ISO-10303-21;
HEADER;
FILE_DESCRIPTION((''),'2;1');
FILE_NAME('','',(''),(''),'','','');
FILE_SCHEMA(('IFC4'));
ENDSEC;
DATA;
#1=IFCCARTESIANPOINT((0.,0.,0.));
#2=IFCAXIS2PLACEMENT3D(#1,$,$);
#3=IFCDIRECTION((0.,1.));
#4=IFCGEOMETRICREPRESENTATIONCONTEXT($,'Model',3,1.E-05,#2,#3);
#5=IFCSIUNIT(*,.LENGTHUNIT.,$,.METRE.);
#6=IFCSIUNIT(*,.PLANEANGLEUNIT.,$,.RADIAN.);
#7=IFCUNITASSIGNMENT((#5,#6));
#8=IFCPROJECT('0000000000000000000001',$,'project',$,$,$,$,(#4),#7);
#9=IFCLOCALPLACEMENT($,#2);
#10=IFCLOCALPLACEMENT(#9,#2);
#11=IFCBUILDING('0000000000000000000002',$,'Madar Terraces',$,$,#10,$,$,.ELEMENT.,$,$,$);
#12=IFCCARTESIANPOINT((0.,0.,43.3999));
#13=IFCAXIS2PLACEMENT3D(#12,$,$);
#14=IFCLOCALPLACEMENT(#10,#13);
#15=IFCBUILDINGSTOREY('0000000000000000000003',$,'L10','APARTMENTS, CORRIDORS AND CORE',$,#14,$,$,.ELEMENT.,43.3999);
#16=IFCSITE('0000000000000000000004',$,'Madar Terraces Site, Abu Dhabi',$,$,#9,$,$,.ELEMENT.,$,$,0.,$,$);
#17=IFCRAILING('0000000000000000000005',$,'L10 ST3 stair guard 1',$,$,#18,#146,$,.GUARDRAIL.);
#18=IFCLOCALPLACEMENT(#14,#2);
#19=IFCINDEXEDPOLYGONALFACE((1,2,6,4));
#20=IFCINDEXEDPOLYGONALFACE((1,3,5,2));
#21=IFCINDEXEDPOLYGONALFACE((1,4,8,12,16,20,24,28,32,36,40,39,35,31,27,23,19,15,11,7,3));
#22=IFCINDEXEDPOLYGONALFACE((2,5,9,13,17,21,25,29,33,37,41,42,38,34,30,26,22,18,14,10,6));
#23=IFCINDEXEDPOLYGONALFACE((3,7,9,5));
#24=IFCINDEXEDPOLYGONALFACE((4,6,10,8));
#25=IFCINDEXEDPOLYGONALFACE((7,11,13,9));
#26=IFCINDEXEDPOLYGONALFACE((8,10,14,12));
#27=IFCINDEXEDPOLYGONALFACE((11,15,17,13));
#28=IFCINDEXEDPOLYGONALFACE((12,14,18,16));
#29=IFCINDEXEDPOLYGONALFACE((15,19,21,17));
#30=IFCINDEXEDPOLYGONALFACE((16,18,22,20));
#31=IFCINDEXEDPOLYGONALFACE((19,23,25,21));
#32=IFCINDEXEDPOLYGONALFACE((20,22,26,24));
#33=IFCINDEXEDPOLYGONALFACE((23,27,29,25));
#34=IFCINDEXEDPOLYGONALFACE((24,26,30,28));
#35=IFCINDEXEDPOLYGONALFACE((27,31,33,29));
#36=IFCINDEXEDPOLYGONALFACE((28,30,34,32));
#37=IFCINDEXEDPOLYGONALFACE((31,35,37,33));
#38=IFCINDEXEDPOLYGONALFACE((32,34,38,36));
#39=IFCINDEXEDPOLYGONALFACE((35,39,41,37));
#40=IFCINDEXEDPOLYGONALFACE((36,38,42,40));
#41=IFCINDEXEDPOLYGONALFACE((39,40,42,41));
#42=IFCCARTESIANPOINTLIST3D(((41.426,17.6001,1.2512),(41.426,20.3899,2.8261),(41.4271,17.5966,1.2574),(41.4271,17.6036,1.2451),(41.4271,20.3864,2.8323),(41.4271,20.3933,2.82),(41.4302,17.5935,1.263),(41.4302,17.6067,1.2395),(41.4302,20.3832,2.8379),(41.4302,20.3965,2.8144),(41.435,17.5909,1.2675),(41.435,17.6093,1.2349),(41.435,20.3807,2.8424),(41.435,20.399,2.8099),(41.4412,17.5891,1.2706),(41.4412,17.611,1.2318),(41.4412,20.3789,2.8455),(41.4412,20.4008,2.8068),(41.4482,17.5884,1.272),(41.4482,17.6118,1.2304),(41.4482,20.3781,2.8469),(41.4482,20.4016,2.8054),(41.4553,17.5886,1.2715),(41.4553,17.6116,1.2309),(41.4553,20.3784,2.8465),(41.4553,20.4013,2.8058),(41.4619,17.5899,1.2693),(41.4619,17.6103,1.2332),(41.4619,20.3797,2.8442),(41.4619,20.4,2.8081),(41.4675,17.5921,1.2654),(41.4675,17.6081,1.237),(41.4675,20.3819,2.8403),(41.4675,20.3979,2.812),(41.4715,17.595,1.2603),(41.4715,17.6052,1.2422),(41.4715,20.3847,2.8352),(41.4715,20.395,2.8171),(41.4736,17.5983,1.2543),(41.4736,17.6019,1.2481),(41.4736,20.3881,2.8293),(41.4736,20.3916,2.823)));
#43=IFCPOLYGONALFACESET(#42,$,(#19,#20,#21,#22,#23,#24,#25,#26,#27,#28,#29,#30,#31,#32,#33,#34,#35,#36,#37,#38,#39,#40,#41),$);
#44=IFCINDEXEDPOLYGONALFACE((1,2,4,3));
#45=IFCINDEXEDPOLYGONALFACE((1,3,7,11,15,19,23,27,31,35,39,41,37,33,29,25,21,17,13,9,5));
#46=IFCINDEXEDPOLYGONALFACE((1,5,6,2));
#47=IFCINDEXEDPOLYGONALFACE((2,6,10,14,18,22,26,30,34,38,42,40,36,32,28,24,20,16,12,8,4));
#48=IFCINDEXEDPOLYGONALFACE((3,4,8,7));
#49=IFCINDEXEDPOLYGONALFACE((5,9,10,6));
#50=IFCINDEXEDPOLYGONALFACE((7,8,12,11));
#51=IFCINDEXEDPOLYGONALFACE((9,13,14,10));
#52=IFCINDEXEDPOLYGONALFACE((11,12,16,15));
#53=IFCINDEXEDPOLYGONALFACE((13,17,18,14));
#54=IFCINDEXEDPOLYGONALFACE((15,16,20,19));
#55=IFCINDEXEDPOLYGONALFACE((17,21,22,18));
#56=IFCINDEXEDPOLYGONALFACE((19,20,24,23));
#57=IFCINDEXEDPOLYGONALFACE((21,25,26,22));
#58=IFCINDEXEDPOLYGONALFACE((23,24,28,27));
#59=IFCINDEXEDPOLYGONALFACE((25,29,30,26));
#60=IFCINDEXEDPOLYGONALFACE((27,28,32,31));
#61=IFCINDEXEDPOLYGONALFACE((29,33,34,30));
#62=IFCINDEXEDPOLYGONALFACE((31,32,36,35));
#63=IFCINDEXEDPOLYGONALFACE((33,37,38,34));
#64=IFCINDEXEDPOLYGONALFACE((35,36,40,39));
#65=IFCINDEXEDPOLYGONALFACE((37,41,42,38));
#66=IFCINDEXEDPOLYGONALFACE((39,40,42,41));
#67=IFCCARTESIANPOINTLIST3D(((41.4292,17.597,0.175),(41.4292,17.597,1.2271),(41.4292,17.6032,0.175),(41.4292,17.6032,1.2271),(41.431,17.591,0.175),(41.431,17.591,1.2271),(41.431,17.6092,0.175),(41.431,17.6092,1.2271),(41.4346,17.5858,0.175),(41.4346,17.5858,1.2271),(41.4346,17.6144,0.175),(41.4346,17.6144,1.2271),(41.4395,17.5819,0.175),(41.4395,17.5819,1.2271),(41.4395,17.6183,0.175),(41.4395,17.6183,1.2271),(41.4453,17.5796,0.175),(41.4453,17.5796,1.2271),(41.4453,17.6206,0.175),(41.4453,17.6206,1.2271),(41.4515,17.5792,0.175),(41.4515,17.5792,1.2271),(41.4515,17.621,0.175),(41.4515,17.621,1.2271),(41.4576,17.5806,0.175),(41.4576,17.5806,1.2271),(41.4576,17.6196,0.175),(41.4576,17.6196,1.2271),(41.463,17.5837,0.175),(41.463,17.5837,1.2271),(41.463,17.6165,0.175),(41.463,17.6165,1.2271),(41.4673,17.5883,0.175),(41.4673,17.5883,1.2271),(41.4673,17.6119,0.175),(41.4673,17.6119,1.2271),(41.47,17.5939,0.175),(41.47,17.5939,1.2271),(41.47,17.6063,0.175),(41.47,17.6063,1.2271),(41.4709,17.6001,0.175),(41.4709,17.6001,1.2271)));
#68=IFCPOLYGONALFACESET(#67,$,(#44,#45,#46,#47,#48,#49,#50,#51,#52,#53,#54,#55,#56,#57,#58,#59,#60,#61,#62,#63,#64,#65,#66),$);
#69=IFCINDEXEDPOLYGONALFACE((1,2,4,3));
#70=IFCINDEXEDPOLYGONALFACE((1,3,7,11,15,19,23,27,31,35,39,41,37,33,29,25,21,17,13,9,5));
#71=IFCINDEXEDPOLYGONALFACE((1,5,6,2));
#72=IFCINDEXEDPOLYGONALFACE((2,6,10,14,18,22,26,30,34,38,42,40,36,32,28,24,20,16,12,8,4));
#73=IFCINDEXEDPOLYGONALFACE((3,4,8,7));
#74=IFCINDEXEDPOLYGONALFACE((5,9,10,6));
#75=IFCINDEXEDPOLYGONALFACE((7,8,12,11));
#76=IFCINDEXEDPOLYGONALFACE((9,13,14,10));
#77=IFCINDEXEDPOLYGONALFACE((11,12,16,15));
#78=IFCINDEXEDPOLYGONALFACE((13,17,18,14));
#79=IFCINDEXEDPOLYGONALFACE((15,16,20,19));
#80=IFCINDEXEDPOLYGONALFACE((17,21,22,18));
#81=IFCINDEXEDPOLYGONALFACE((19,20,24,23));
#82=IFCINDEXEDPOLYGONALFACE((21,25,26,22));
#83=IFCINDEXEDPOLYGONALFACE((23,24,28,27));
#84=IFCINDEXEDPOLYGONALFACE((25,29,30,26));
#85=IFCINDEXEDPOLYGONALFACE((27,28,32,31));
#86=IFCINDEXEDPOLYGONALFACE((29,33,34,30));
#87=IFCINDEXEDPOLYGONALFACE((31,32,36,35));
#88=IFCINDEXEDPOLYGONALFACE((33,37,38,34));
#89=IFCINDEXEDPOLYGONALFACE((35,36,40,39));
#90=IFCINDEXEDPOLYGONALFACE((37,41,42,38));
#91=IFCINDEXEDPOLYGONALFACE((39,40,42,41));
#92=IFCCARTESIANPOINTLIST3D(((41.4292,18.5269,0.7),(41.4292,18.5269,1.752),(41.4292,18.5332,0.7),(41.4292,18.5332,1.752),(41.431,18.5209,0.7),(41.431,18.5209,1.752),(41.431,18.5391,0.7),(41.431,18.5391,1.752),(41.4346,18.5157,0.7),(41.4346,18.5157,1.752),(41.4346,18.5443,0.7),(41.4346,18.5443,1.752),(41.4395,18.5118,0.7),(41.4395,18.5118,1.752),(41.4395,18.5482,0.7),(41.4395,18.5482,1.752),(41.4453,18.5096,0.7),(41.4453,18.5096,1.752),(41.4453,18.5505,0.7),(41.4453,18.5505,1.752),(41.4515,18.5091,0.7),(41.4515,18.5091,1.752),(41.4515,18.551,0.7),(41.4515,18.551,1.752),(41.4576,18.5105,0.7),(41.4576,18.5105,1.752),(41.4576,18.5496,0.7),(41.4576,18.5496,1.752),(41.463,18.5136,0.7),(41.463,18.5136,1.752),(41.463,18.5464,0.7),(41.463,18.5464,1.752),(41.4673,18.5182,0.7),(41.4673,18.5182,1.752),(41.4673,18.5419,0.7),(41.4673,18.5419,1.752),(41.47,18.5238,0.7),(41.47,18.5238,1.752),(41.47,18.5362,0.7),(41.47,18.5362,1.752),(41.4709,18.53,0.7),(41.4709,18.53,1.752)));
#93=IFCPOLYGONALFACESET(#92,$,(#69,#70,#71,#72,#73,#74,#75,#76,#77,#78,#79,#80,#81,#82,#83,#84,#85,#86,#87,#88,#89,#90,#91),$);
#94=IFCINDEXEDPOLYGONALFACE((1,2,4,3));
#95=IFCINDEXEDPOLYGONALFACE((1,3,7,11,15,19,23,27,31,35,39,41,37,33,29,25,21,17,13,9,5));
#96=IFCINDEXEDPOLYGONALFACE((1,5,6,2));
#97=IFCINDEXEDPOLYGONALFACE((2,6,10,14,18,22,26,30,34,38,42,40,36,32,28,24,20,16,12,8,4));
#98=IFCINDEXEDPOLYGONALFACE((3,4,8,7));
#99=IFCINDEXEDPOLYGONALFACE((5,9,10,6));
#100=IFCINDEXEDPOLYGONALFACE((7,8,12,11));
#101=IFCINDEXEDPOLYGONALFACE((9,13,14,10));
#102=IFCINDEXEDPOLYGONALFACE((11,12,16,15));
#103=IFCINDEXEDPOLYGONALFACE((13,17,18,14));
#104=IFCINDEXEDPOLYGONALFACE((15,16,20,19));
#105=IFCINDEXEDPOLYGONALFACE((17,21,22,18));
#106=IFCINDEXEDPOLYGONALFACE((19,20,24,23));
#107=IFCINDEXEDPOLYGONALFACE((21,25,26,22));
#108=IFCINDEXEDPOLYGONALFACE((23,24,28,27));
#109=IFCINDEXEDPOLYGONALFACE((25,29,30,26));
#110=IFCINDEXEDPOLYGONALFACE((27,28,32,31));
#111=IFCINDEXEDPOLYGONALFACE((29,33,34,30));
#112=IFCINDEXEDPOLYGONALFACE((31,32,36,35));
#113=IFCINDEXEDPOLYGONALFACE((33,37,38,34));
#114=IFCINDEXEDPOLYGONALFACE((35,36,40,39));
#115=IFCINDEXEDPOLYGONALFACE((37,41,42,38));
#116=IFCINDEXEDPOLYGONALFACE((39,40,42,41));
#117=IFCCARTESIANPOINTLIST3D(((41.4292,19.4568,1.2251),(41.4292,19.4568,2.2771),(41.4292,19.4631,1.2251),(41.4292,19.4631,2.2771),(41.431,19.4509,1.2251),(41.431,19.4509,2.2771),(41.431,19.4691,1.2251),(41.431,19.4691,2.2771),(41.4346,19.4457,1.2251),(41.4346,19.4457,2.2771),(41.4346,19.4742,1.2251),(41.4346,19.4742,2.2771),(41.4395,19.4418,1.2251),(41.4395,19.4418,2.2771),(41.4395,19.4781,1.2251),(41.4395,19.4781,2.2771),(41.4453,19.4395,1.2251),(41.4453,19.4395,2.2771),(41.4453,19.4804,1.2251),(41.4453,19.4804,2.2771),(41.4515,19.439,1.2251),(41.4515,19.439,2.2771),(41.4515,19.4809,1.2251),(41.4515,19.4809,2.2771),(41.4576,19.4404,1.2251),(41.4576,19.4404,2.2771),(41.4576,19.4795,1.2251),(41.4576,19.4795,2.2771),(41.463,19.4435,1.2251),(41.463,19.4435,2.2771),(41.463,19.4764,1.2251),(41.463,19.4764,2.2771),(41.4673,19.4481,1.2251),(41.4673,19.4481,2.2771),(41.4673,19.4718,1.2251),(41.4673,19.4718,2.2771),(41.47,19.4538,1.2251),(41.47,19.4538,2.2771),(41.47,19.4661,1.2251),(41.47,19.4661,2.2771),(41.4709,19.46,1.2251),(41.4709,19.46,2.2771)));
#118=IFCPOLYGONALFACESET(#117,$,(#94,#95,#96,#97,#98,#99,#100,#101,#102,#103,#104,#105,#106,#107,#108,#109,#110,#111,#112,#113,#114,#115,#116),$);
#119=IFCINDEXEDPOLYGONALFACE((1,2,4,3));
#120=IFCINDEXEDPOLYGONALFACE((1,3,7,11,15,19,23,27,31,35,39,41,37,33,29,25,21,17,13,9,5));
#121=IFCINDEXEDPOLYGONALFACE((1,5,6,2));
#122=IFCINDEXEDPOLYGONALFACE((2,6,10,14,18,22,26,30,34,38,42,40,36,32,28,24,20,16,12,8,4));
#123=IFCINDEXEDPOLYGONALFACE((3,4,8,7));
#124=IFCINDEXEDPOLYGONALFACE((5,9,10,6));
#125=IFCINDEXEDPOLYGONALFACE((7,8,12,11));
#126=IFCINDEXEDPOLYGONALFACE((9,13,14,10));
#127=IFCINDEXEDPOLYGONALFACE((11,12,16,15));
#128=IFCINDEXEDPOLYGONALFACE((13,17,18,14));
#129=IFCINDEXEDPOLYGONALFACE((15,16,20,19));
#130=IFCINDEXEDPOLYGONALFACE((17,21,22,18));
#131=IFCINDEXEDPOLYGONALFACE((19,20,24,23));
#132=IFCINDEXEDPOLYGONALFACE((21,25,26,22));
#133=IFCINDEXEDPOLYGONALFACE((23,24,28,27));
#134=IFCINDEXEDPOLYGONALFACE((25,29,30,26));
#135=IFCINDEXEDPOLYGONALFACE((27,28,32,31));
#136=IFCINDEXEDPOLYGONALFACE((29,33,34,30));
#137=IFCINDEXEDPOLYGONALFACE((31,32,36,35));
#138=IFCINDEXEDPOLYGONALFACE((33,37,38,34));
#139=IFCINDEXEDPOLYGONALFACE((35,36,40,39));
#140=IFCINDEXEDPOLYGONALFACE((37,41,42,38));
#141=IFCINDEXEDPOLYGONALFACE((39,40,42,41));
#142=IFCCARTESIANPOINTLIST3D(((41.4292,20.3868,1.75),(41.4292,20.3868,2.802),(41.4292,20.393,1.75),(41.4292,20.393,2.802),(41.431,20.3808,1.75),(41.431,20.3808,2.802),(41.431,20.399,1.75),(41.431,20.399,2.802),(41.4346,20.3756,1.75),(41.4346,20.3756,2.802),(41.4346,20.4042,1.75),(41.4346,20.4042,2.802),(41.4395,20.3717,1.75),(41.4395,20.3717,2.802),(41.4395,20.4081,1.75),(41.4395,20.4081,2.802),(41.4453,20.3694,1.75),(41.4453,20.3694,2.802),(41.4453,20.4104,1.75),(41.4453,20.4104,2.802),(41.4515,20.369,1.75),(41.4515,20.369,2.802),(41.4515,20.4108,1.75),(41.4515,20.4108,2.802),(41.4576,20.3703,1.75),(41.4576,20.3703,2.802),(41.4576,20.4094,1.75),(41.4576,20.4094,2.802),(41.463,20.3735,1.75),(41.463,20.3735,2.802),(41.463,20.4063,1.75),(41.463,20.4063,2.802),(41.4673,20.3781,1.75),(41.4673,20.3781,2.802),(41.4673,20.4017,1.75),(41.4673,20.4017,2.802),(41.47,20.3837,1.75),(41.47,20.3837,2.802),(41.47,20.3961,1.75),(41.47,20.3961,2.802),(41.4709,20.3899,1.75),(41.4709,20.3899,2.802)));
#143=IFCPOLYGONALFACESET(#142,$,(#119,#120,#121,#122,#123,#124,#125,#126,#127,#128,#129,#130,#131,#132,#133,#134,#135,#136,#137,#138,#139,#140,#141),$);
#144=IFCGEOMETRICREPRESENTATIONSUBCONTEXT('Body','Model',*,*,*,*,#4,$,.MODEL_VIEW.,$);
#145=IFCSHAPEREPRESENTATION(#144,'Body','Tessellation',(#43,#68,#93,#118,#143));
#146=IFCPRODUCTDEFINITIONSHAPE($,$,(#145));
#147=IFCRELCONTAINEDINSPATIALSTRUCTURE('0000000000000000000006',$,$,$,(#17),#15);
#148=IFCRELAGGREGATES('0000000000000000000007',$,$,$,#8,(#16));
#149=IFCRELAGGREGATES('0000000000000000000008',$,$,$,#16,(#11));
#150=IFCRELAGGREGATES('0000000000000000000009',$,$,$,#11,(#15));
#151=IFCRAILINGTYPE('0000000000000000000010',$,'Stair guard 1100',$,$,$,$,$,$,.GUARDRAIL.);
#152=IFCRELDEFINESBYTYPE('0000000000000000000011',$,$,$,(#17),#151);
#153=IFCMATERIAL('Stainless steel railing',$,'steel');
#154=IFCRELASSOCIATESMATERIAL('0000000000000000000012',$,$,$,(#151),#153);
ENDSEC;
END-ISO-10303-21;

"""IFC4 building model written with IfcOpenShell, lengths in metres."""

from ifc_helpers import new_model, si_unit, direction, frame, origin, origin_2d, place, context, subcontext, project, spatial, circle, extrude, material, type_object, element, save


model = new_model("IFC4")

# Units and contexts
model_context = context("Model", 3, precision=1e-05, world=origin(), true_north=direction((0.0, 1.0)))
body_context = subcontext(model_context, "Body", "Model", "MODEL_VIEW")
ifc_project = project(units=[si_unit("LENGTHUNIT", "METRE"), si_unit("PLANEANGLEUNIT", "RADIAN")], contexts=[model_context])

# Site, building, storey
site_placement = place(None, origin())
site = spatial("IfcSite", under=ifc_project, at=site_placement, Name="Madar Terraces Site, Abu Dhabi", CompositionType="ELEMENT", RefElevation=0.0)
building_placement = place(site_placement, origin())
building = spatial("IfcBuilding", under=site, at=building_placement, Name="Madar Terraces", CompositionType="ELEMENT")
storey_placement = place(building_placement, frame((0.0, 0.0, 43.3999)))
storey = spatial("IfcBuildingStorey", under=building, at=storey_placement, Name="L10", Description="APARTMENTS, CORRIDORS AND CORE", CompositionType="ELEMENT", Elevation=43.3999)

# Railing
ifc_material_1 = material(Name="Stainless steel railing", Category="steel")
railing_type_1 = type_object("IfcRailingType", Name="Stair guard 1100", PredefinedType="GUARDRAIL", material=ifc_material_1)
railing_1_placement = place(storey_placement, frame((41.45, 17.6001, 0.175)))
element("IfcRailing", 1, at=railing_1_placement, inside=storey, type_object=railing_type_1, Name="L10 ST3 stair guard 1", PredefinedType="GUARDRAIL", context=body_context, shape_type="SweptSolid", body=[
    extrude(circle(Radius=0.0239, at=origin_2d()), frame((0.0, 0.0, 1.0762), z_axis=(0.0, 0.870815, 0.49161), x_axis=(-1.0, 0.0, 0.0)), (0.0, 0.0, 1.0), 3.2036),
    extrude(circle(Radius=0.021, at=origin_2d()), origin(), (0.0, 0.0, 1.0), 1.052),
    extrude(circle(Radius=0.021, at=origin_2d()), frame((0.0, 0.9299, 0.5249)), (0.0, 0.0, 1.0), 1.052),
    extrude(circle(Radius=0.021, at=origin_2d()), frame((0.0, 1.8599, 1.05)), (0.0, 0.0, 1.0), 1.052),
    extrude(circle(Radius=0.021, at=origin_2d()), frame((0.0, 2.7898, 1.575)), (0.0, 0.0, 1.0), 1.052),
])

save(model, "model.ifc")
